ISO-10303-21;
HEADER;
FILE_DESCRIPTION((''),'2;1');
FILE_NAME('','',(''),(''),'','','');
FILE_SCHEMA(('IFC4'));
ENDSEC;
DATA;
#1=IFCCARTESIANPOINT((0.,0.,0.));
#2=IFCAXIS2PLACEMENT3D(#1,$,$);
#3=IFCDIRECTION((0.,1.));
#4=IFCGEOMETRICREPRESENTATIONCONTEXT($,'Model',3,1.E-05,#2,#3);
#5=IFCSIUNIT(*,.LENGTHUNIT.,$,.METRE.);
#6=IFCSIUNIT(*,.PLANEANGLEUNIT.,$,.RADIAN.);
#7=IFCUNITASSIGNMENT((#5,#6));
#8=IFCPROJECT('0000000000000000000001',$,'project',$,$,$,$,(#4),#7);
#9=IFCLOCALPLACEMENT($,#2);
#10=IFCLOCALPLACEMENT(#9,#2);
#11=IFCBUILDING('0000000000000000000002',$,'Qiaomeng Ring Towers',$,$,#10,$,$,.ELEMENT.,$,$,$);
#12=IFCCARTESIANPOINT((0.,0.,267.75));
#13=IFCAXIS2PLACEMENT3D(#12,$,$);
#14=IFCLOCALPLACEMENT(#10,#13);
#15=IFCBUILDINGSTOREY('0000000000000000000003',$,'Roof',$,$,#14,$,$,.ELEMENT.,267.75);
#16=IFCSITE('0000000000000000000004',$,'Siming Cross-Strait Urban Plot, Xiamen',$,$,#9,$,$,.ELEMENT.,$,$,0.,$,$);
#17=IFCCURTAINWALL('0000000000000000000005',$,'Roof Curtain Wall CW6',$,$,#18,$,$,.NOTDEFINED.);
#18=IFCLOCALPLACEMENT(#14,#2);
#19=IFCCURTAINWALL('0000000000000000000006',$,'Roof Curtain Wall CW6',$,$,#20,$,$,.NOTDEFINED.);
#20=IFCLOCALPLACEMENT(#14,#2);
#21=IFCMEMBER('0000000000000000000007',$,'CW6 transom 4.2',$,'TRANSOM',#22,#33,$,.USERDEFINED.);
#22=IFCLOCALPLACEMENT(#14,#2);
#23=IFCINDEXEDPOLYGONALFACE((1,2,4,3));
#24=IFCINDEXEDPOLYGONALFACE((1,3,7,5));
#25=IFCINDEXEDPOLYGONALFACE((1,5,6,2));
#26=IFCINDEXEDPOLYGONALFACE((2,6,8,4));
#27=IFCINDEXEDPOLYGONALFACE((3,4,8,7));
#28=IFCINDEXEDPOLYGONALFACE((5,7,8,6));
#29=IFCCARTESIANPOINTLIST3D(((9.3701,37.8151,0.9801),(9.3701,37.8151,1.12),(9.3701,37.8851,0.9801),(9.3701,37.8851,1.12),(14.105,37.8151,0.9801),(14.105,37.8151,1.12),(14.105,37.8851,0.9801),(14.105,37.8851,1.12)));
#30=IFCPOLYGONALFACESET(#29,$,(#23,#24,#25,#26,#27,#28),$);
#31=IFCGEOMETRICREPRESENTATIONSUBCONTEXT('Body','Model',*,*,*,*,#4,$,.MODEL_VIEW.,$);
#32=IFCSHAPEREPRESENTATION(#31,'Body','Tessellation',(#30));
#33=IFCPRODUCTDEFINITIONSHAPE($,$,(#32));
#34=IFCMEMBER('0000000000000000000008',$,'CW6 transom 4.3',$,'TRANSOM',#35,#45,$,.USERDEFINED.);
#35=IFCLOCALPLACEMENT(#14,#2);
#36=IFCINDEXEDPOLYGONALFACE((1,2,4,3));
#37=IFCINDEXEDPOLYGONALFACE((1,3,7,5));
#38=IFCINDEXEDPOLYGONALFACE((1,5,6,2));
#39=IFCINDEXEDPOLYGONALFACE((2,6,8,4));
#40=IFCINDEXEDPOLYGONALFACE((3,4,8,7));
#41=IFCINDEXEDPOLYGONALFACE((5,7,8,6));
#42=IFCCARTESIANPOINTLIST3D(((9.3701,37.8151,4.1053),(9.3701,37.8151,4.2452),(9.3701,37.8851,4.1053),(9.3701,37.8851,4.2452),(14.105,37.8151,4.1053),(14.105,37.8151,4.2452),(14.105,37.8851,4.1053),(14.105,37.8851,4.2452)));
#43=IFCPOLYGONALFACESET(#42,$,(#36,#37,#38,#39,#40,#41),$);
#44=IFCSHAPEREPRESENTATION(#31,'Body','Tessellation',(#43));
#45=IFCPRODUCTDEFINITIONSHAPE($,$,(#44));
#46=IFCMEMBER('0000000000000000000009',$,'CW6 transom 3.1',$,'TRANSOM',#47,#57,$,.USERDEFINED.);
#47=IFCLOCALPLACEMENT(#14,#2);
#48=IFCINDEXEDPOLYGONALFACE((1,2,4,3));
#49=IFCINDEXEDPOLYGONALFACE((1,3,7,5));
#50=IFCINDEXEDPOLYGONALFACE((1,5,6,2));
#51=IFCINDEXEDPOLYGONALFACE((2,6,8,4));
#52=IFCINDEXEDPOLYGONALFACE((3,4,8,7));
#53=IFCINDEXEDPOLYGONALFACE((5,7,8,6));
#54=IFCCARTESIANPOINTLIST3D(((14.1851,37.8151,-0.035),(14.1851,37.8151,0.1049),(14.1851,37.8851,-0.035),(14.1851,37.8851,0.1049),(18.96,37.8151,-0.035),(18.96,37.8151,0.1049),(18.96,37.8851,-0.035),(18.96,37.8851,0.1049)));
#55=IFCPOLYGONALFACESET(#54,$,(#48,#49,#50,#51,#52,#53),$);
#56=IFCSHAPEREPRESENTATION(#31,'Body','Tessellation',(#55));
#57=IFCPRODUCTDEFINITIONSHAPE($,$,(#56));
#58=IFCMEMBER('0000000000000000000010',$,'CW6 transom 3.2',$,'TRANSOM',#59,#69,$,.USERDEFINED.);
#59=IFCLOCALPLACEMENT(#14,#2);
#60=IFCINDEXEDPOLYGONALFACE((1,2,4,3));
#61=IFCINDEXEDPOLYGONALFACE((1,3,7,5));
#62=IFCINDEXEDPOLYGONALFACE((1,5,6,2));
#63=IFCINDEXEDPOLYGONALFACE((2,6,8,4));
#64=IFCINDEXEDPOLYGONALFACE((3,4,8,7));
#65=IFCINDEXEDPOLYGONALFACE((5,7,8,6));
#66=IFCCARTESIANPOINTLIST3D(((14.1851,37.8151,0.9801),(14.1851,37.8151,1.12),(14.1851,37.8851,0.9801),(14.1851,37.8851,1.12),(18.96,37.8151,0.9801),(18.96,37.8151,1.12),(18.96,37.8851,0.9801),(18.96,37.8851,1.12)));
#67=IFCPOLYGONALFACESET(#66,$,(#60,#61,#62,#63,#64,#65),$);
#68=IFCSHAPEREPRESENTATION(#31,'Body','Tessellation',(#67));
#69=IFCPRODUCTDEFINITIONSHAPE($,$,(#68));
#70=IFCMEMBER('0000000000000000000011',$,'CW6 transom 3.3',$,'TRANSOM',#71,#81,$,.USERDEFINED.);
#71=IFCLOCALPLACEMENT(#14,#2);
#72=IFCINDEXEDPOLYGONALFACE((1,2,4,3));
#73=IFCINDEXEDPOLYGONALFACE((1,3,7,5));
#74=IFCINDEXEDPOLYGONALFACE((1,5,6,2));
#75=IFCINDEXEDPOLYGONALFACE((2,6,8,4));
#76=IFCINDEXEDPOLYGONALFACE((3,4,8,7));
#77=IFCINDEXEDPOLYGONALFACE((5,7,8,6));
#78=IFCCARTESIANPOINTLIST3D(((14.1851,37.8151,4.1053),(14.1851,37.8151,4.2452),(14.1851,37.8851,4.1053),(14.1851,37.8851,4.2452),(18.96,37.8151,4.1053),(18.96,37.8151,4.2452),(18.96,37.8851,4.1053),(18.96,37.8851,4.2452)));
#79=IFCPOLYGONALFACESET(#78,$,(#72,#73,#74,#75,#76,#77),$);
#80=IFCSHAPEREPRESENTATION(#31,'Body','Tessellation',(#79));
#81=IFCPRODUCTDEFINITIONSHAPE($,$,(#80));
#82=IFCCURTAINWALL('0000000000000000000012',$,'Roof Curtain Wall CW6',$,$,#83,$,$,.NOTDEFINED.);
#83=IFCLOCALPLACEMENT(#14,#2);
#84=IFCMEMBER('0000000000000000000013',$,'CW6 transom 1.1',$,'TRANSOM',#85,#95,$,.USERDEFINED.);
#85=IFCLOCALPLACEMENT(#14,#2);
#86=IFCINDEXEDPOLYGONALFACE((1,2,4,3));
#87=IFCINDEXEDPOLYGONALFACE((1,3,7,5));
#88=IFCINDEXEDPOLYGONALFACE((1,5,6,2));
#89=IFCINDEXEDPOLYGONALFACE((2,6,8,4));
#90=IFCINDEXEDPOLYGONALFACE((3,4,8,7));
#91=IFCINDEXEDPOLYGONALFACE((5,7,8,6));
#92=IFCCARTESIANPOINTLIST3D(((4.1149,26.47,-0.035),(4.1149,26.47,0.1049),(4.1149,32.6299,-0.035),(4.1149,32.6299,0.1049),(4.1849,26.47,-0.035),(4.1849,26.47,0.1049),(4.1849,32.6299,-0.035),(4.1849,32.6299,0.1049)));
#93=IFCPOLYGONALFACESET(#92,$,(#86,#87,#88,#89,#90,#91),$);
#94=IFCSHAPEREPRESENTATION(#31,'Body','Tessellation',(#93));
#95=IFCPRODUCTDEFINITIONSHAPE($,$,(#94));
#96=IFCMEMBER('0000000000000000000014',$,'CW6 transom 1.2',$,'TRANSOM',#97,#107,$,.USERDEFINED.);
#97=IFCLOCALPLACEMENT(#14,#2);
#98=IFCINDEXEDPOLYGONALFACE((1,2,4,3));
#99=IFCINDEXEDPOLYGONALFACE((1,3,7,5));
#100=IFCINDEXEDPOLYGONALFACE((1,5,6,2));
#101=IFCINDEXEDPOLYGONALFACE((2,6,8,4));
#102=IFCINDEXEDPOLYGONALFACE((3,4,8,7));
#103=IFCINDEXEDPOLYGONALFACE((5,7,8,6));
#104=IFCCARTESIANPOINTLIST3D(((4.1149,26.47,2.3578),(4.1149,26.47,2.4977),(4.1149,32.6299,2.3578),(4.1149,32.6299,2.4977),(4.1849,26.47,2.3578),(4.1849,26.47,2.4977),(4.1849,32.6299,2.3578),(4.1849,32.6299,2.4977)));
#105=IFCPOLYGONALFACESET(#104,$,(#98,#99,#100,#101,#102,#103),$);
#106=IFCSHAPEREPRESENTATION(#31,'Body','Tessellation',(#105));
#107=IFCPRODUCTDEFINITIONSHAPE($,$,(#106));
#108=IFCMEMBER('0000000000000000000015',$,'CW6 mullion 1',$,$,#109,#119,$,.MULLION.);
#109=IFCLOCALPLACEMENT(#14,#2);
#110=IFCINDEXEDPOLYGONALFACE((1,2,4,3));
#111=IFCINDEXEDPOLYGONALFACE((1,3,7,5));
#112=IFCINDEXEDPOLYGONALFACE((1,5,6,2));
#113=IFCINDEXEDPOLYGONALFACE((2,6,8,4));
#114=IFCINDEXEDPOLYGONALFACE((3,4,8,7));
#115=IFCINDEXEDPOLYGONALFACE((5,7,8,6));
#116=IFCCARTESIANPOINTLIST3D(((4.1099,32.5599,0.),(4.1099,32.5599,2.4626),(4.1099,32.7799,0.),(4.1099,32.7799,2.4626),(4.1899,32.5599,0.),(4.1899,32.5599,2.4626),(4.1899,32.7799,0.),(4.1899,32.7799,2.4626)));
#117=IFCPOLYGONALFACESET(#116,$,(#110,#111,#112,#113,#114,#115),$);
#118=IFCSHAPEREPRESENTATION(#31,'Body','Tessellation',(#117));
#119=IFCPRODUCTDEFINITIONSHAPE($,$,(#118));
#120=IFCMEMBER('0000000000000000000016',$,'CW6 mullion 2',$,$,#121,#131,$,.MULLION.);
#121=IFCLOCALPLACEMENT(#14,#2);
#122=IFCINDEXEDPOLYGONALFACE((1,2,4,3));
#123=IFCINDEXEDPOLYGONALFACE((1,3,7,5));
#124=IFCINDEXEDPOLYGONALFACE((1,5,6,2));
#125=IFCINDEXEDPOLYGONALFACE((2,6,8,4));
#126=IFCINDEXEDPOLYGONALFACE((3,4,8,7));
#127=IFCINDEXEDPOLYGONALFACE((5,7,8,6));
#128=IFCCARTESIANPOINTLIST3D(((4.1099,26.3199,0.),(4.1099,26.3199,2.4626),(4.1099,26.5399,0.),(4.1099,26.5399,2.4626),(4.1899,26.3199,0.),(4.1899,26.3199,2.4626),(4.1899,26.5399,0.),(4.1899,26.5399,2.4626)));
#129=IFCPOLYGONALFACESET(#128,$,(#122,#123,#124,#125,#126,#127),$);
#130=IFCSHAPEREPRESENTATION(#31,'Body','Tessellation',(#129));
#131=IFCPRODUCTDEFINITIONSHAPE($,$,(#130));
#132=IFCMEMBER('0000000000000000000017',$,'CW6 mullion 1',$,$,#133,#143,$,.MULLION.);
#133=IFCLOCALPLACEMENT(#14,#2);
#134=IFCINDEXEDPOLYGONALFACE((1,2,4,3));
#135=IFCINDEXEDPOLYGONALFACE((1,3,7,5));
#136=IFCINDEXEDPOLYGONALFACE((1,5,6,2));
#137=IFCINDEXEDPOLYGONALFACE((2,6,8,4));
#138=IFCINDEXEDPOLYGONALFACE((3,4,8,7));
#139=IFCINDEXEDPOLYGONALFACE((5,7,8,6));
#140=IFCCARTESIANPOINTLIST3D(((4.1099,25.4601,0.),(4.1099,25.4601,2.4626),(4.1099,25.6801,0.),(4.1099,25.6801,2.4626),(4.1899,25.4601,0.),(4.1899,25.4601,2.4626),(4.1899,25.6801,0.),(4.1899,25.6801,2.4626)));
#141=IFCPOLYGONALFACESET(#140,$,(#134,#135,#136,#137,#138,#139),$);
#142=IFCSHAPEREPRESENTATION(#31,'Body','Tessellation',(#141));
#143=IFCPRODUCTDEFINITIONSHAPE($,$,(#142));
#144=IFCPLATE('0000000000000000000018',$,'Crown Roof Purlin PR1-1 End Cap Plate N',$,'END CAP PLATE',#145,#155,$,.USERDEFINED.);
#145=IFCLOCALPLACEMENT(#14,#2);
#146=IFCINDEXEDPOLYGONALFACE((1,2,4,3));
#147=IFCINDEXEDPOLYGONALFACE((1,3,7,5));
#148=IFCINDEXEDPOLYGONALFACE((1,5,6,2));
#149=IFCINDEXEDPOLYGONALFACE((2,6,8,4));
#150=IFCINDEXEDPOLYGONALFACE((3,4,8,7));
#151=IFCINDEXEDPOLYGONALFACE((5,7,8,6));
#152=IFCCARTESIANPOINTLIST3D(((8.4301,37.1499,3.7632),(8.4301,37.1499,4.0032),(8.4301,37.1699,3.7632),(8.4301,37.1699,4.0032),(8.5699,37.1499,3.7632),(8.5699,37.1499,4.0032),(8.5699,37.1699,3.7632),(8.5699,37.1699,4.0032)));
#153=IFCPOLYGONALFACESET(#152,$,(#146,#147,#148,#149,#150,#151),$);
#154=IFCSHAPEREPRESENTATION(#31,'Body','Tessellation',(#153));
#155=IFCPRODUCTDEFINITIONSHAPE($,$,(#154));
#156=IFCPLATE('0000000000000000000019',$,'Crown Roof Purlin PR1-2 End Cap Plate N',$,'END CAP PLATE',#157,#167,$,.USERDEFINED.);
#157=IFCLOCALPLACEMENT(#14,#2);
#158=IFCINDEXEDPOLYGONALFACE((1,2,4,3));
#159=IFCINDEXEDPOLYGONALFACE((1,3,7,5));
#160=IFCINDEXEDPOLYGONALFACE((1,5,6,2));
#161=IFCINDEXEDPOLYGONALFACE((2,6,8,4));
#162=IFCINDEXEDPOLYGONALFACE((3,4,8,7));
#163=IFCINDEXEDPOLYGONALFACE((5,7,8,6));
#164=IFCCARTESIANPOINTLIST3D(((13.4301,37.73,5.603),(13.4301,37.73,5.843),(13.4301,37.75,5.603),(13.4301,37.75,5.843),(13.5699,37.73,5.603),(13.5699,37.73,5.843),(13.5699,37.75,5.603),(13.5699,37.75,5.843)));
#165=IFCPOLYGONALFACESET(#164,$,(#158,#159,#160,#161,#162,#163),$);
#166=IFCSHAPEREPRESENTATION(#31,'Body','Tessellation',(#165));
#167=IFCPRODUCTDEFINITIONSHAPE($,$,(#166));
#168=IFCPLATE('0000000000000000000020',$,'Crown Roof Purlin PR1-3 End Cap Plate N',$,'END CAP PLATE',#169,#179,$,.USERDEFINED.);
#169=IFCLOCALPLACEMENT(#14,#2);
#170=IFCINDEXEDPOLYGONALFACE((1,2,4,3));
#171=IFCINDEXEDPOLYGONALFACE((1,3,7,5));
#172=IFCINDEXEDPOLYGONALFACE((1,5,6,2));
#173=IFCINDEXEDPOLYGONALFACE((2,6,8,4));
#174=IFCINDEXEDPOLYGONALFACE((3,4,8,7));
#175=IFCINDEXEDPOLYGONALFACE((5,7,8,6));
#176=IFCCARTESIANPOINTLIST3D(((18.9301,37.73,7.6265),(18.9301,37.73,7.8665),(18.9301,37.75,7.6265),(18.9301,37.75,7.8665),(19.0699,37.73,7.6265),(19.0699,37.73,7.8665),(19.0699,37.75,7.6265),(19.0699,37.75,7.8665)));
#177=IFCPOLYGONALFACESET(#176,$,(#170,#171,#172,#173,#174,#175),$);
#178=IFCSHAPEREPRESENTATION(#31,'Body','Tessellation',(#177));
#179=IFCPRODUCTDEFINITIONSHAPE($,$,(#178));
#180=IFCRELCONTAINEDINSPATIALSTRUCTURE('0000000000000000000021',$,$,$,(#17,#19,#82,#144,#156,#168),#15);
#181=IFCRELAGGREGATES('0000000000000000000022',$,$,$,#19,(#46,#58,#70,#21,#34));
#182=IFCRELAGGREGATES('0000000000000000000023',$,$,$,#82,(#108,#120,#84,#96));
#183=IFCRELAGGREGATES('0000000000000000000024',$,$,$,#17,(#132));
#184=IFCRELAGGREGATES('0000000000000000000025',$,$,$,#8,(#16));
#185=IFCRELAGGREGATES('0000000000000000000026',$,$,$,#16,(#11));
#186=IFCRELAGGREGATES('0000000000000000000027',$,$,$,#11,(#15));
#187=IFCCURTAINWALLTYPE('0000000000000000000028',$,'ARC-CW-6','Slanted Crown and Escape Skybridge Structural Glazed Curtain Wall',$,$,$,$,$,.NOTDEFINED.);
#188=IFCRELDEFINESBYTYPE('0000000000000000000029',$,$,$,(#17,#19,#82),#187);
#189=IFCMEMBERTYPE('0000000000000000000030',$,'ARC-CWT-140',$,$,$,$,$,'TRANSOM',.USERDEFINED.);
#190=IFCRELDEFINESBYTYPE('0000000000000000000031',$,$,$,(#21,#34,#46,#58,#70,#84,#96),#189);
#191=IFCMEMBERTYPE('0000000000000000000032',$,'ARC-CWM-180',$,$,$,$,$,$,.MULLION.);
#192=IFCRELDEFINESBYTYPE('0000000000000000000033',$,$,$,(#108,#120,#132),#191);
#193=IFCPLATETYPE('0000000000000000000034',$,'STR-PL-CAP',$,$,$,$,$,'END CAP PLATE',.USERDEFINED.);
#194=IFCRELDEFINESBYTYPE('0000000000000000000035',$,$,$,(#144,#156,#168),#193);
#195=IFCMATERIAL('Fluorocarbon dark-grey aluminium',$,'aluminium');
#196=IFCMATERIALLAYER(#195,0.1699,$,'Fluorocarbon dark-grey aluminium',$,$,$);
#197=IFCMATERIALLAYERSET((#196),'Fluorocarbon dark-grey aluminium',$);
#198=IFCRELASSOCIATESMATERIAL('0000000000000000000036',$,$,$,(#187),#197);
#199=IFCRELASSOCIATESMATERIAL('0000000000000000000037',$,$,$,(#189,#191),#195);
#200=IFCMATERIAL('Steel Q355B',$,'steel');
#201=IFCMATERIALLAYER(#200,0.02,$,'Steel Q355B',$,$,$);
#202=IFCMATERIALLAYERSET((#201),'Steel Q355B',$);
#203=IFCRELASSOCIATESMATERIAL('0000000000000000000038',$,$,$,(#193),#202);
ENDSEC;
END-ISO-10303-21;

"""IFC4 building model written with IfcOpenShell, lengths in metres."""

from ifc_helpers import new_model, si_unit, direction, frame, origin, origin_2d, place, context, subcontext, project, spatial, rectangle, extrude, source, transform, mapped, material, layer, layer_set, material_profile, profile_set, type_object, element, aggregate, save


model = new_model("IFC4")

# Units and contexts
model_context = context("Model", 3, precision=1e-05, world=origin(), true_north=direction((0.0, 1.0)))
body_context = subcontext(model_context, "Body", "Model", "MODEL_VIEW")
ifc_project = project(units=[si_unit("LENGTHUNIT", "METRE"), si_unit("PLANEANGLEUNIT", "RADIAN")], contexts=[model_context])

# Site, building, storey
site_placement = place(None, origin())
site = spatial("IfcSite", under=ifc_project, at=site_placement, Name="Siming Cross-Strait Urban Plot, Xiamen", CompositionType="ELEMENT", RefElevation=0.0)
building_placement = place(site_placement, origin())
building = spatial("IfcBuilding", under=site, at=building_placement, Name="Qiaomeng Ring Towers", CompositionType="ELEMENT")
storey_placement = place(building_placement, frame((0.0, 0.0, 267.75)))
storey = spatial("IfcBuildingStorey", under=building, at=storey_placement, Name="Roof", CompositionType="ELEMENT", Elevation=267.75)

# Shared definitions
ifc_material_1 = material(Name="Steel Q355B", Category="steel")

# Curtain walls, members
ifc_material_2 = material(Name="Fluorocarbon dark-grey aluminium", Category="aluminium")
ifc_layer_1 = layer(ifc_material_2, 0.1699, Name="Fluorocarbon dark-grey aluminium")
ifc_layer_set_1 = layer_set([ifc_layer_1], Name="Fluorocarbon dark-grey aluminium")
curtain_wall_type = type_object("IfcCurtainWallType", Name="ARC-CW-6", Description="Slanted Crown and Escape Skybridge Structural Glazed Curtain Wall", PredefinedType="NOTDEFINED", material=ifc_layer_set_1)
curtain_wall_1_placement = place(storey_placement, origin())
curtain_wall_1 = element("IfcCurtainWall", 1, at=curtain_wall_1_placement, inside=storey, type_object=curtain_wall_type, Name="Roof Curtain Wall CW6", PredefinedType="NOTDEFINED")
ifc_material_profile_1 = material_profile(ifc_material_2, rectangle(XDim=0.0701, YDim=0.1399, at=origin_2d()), Name="ALU TRAN 70x140")
ifc_profile_set_1 = profile_set([ifc_material_profile_1], Name="Fluorocarbon dark-grey aluminium")
member_type_1 = type_object("IfcMemberType", Name="ARC-CWT-140", ElementType="TRANSOM", PredefinedType="USERDEFINED", material=ifc_profile_set_1)
curtain_wall_2_placement = place(storey_placement, origin())
curtain_wall_2 = element("IfcCurtainWall", 2, at=curtain_wall_2_placement, inside=storey, type_object=curtain_wall_type, Name="Roof Curtain Wall CW6", PredefinedType="NOTDEFINED")
ifc_material_profile_2 = material_profile(ifc_material_2, rectangle(XDim=0.0801, YDim=0.22, at=origin_2d()), Name="ALU MULL 80x220")
ifc_profile_set_2 = profile_set([ifc_material_profile_2], Name="Fluorocarbon dark-grey aluminium")
member_type_2 = type_object("IfcMemberType", Name="ARC-CWM-180", PredefinedType="MULLION", material=ifc_profile_set_2)
shared_shape_1 = source(origin(), body_context, "Body", "SweptSolid", [
    extrude(rectangle(XDim=0.0701, YDim=0.1399, at=origin_2d()), origin(), (0.0, 0.0, 1.0), 4.7349),
])
member_1_placement = place(storey_placement, frame((14.105, 37.8501, 1.05), z_axis=(-1.0, 0.0, 0.0), x_axis=(0.0, -1.0, 0.0)))
member_1 = element("IfcMember", 3, at=member_1_placement, type_object=member_type_1, Name="CW6 transom 4.2", ObjectType="TRANSOM", PredefinedType="USERDEFINED", context=body_context, shape_type="MappedRepresentation", body=[
    mapped(shared_shape_1, transform((0.0, 0.0, 0.0), x_axis=(1.0, 0.0, 0.0), y_axis=(0.0, 1.0, 0.0), z_axis=(0.0, 0.0, 1.0), scale=1.0)),
])
member_2_placement = place(storey_placement, frame((14.105, 37.8501, 4.1753), z_axis=(-1.0, 0.0, 0.0), x_axis=(0.0, -1.0, 0.0)))
member_2 = element("IfcMember", 4, at=member_2_placement, type_object=member_type_1, Name="CW6 transom 4.3", ObjectType="TRANSOM", PredefinedType="USERDEFINED", context=body_context, shape_type="MappedRepresentation", body=[
    mapped(shared_shape_1, transform((0.0, 0.0, 0.0), x_axis=(1.0, 0.0, 0.0), y_axis=(0.0, 1.0, 0.0), z_axis=(0.0, 0.0, 1.0), scale=1.0)),
])
shared_shape_2 = source(origin(), body_context, "Body", "SweptSolid", [
    extrude(rectangle(XDim=0.0701, YDim=0.1399, at=origin_2d()), origin(), (0.0, 0.0, 1.0), 4.7749),
])
member_3_placement = place(storey_placement, frame((18.96, 37.8501, 0.0349), z_axis=(-1.0, 0.0, 0.0), x_axis=(0.0, -1.0, 0.0)))
member_3 = element("IfcMember", 5, at=member_3_placement, type_object=member_type_1, Name="CW6 transom 3.1", ObjectType="TRANSOM", PredefinedType="USERDEFINED", context=body_context, shape_type="MappedRepresentation", body=[
    mapped(shared_shape_2, transform((0.0, 0.0, 0.0), x_axis=(1.0, 0.0, 0.0), y_axis=(0.0, 1.0, 0.0), z_axis=(0.0, 0.0, 1.0), scale=1.0)),
])
member_4_placement = place(storey_placement, frame((18.96, 37.8501, 1.05), z_axis=(-1.0, 0.0, 0.0), x_axis=(0.0, -1.0, 0.0)))
member_4 = element("IfcMember", 6, at=member_4_placement, type_object=member_type_1, Name="CW6 transom 3.2", ObjectType="TRANSOM", PredefinedType="USERDEFINED", context=body_context, shape_type="MappedRepresentation", body=[
    mapped(shared_shape_2, transform((0.0, 0.0, 0.0), x_axis=(1.0, 0.0, 0.0), y_axis=(0.0, 1.0, 0.0), z_axis=(0.0, 0.0, 1.0), scale=1.0)),
])
member_5_placement = place(storey_placement, frame((18.96, 37.8501, 4.1753), z_axis=(-1.0, 0.0, 0.0), x_axis=(0.0, -1.0, 0.0)))
member_5 = element("IfcMember", 7, at=member_5_placement, type_object=member_type_1, Name="CW6 transom 3.3", ObjectType="TRANSOM", PredefinedType="USERDEFINED", context=body_context, shape_type="MappedRepresentation", body=[
    mapped(shared_shape_2, transform((0.0, 0.0, 0.0), x_axis=(1.0, 0.0, 0.0), y_axis=(0.0, 1.0, 0.0), z_axis=(0.0, 0.0, 1.0), scale=1.0)),
])
curtain_wall_3_placement = place(storey_placement, origin())
curtain_wall_3 = element("IfcCurtainWall", 8, at=curtain_wall_3_placement, inside=storey, type_object=curtain_wall_type, Name="Roof Curtain Wall CW6", PredefinedType="NOTDEFINED")
shared_shape_3 = source(origin(), body_context, "Body", "SweptSolid", [
    extrude(rectangle(XDim=0.0701, YDim=0.1399, at=origin_2d()), origin(), (0.0, 0.0, 1.0), 6.1599),
])
member_6_placement = place(storey_placement, frame((4.1499, 32.6299, 0.0349), z_axis=(0.0, -1.0, 0.0), x_axis=(1.0, 0.0, 0.0)))
member_6 = element("IfcMember", 9, at=member_6_placement, type_object=member_type_1, Name="CW6 transom 1.1", ObjectType="TRANSOM", PredefinedType="USERDEFINED", context=body_context, shape_type="MappedRepresentation", body=[
    mapped(shared_shape_3, transform((0.0, 0.0, 0.0), x_axis=(1.0, 0.0, 0.0), y_axis=(0.0, 1.0, 0.0), z_axis=(0.0, 0.0, 1.0), scale=1.0)),
])
member_7_placement = place(storey_placement, frame((4.1499, 32.6299, 2.4277), z_axis=(0.0, -1.0, 0.0), x_axis=(1.0, 0.0, 0.0)))
member_7 = element("IfcMember", 10, at=member_7_placement, type_object=member_type_1, Name="CW6 transom 1.2", ObjectType="TRANSOM", PredefinedType="USERDEFINED", context=body_context, shape_type="MappedRepresentation", body=[
    mapped(shared_shape_3, transform((0.0, 0.0, 0.0), x_axis=(1.0, 0.0, 0.0), y_axis=(0.0, 1.0, 0.0), z_axis=(0.0, 0.0, 1.0), scale=1.0)),
])
shared_shape_4 = source(origin(), body_context, "Body", "SweptSolid", [
    extrude(rectangle(XDim=0.0801, YDim=0.22, at=origin_2d()), origin(), (0.0, 0.0, 1.0), 2.4626),
])
member_8_placement = place(storey_placement, frame((4.1499, 32.6699, 0.0), z_axis=(0.0, 0.0, 1.0), x_axis=(1.0, 0.0, 0.0)))
member_8 = element("IfcMember", 11, at=member_8_placement, type_object=member_type_2, Name="CW6 mullion 1", PredefinedType="MULLION", context=body_context, shape_type="MappedRepresentation", body=[
    mapped(shared_shape_4, transform((0.0, 0.0, 0.0), x_axis=(1.0, 0.0, 0.0), y_axis=(0.0, 1.0, 0.0), z_axis=(0.0, 0.0, 1.0), scale=1.0)),
])
member_9_placement = place(storey_placement, frame((4.1499, 26.4299, 0.0), z_axis=(0.0, 0.0, 1.0), x_axis=(1.0, 0.0, 0.0)))
member_9 = element("IfcMember", 12, at=member_9_placement, type_object=member_type_2, Name="CW6 mullion 2", PredefinedType="MULLION", context=body_context, shape_type="MappedRepresentation", body=[
    mapped(shared_shape_4, transform((0.0, 0.0, 0.0), x_axis=(1.0, 0.0, 0.0), y_axis=(0.0, 1.0, 0.0), z_axis=(0.0, 0.0, 1.0), scale=1.0)),
])

# Member
member_10_placement = place(storey_placement, frame((4.1499, 25.5701, 0.0), z_axis=(0.0, 0.0, 1.0), x_axis=(1.0, 0.0, 0.0)))
member_10 = element("IfcMember", 13, at=member_10_placement, type_object=member_type_2, Name="CW6 mullion 1", PredefinedType="MULLION", context=body_context, shape_type="MappedRepresentation", body=[
    mapped(shared_shape_4, transform((0.0, 0.0, 0.0), x_axis=(1.0, 0.0, 0.0), y_axis=(0.0, 1.0, 0.0), z_axis=(0.0, 0.0, 1.0), scale=1.0)),
])

# Plates
ifc_layer_2 = layer(ifc_material_1, 0.02, Name="Steel Q355B")
ifc_layer_set_2 = layer_set([ifc_layer_2], Name="Steel Q355B")
plate_type_1 = type_object("IfcPlateType", Name="STR-PL-CAP", ElementType="END CAP PLATE", PredefinedType="USERDEFINED", material=ifc_layer_set_2)
shared_shape_5 = source(origin(), body_context, "Body", "SweptSolid", [
    extrude(rectangle(XDim=0.1399, YDim=0.02, at=origin_2d()), origin(), (0.0, 0.0, 1.0), 0.24),
])
for number, where, z_axis, x_axis, name in (
    (14, (8.5, 37.1599, 3.7632), (0.0, 0.0, 1.0), (1.0, 0.0, 0.0), "Crown Roof Purlin PR1-1 End Cap Plate N"),
    (15, (13.5, 37.74, 5.603), (0.0, 0.0, 1.0), (1.0, 0.0, 0.0), "Crown Roof Purlin PR1-2 End Cap Plate N"),
    (16, (19.0, 37.74, 7.6265), (0.0, 0.0, 1.0), (1.0, 0.0, 0.0), "Crown Roof Purlin PR1-3 End Cap Plate N"),
):
    element("IfcPlate", number, at=place(storey_placement, frame(where, z_axis=z_axis, x_axis=x_axis)), inside=storey, type_object=plate_type_1, Name=name, ObjectType="END CAP PLATE", PredefinedType="USERDEFINED", context=body_context, shape_type="MappedRepresentation", body=[
        mapped(shared_shape_5, transform((0.0, 0.0, 0.0), x_axis=(1.0, 0.0, 0.0), y_axis=(0.0, 1.0, 0.0), z_axis=(0.0, 0.0, 1.0), scale=1.0)),
    ])

aggregate(curtain_wall_2, [member_3, member_4, member_5, member_1, member_2])
aggregate(curtain_wall_3, [member_8, member_9, member_6, member_7])
aggregate(curtain_wall_1, [member_10])

save(model, "model.ifc")
